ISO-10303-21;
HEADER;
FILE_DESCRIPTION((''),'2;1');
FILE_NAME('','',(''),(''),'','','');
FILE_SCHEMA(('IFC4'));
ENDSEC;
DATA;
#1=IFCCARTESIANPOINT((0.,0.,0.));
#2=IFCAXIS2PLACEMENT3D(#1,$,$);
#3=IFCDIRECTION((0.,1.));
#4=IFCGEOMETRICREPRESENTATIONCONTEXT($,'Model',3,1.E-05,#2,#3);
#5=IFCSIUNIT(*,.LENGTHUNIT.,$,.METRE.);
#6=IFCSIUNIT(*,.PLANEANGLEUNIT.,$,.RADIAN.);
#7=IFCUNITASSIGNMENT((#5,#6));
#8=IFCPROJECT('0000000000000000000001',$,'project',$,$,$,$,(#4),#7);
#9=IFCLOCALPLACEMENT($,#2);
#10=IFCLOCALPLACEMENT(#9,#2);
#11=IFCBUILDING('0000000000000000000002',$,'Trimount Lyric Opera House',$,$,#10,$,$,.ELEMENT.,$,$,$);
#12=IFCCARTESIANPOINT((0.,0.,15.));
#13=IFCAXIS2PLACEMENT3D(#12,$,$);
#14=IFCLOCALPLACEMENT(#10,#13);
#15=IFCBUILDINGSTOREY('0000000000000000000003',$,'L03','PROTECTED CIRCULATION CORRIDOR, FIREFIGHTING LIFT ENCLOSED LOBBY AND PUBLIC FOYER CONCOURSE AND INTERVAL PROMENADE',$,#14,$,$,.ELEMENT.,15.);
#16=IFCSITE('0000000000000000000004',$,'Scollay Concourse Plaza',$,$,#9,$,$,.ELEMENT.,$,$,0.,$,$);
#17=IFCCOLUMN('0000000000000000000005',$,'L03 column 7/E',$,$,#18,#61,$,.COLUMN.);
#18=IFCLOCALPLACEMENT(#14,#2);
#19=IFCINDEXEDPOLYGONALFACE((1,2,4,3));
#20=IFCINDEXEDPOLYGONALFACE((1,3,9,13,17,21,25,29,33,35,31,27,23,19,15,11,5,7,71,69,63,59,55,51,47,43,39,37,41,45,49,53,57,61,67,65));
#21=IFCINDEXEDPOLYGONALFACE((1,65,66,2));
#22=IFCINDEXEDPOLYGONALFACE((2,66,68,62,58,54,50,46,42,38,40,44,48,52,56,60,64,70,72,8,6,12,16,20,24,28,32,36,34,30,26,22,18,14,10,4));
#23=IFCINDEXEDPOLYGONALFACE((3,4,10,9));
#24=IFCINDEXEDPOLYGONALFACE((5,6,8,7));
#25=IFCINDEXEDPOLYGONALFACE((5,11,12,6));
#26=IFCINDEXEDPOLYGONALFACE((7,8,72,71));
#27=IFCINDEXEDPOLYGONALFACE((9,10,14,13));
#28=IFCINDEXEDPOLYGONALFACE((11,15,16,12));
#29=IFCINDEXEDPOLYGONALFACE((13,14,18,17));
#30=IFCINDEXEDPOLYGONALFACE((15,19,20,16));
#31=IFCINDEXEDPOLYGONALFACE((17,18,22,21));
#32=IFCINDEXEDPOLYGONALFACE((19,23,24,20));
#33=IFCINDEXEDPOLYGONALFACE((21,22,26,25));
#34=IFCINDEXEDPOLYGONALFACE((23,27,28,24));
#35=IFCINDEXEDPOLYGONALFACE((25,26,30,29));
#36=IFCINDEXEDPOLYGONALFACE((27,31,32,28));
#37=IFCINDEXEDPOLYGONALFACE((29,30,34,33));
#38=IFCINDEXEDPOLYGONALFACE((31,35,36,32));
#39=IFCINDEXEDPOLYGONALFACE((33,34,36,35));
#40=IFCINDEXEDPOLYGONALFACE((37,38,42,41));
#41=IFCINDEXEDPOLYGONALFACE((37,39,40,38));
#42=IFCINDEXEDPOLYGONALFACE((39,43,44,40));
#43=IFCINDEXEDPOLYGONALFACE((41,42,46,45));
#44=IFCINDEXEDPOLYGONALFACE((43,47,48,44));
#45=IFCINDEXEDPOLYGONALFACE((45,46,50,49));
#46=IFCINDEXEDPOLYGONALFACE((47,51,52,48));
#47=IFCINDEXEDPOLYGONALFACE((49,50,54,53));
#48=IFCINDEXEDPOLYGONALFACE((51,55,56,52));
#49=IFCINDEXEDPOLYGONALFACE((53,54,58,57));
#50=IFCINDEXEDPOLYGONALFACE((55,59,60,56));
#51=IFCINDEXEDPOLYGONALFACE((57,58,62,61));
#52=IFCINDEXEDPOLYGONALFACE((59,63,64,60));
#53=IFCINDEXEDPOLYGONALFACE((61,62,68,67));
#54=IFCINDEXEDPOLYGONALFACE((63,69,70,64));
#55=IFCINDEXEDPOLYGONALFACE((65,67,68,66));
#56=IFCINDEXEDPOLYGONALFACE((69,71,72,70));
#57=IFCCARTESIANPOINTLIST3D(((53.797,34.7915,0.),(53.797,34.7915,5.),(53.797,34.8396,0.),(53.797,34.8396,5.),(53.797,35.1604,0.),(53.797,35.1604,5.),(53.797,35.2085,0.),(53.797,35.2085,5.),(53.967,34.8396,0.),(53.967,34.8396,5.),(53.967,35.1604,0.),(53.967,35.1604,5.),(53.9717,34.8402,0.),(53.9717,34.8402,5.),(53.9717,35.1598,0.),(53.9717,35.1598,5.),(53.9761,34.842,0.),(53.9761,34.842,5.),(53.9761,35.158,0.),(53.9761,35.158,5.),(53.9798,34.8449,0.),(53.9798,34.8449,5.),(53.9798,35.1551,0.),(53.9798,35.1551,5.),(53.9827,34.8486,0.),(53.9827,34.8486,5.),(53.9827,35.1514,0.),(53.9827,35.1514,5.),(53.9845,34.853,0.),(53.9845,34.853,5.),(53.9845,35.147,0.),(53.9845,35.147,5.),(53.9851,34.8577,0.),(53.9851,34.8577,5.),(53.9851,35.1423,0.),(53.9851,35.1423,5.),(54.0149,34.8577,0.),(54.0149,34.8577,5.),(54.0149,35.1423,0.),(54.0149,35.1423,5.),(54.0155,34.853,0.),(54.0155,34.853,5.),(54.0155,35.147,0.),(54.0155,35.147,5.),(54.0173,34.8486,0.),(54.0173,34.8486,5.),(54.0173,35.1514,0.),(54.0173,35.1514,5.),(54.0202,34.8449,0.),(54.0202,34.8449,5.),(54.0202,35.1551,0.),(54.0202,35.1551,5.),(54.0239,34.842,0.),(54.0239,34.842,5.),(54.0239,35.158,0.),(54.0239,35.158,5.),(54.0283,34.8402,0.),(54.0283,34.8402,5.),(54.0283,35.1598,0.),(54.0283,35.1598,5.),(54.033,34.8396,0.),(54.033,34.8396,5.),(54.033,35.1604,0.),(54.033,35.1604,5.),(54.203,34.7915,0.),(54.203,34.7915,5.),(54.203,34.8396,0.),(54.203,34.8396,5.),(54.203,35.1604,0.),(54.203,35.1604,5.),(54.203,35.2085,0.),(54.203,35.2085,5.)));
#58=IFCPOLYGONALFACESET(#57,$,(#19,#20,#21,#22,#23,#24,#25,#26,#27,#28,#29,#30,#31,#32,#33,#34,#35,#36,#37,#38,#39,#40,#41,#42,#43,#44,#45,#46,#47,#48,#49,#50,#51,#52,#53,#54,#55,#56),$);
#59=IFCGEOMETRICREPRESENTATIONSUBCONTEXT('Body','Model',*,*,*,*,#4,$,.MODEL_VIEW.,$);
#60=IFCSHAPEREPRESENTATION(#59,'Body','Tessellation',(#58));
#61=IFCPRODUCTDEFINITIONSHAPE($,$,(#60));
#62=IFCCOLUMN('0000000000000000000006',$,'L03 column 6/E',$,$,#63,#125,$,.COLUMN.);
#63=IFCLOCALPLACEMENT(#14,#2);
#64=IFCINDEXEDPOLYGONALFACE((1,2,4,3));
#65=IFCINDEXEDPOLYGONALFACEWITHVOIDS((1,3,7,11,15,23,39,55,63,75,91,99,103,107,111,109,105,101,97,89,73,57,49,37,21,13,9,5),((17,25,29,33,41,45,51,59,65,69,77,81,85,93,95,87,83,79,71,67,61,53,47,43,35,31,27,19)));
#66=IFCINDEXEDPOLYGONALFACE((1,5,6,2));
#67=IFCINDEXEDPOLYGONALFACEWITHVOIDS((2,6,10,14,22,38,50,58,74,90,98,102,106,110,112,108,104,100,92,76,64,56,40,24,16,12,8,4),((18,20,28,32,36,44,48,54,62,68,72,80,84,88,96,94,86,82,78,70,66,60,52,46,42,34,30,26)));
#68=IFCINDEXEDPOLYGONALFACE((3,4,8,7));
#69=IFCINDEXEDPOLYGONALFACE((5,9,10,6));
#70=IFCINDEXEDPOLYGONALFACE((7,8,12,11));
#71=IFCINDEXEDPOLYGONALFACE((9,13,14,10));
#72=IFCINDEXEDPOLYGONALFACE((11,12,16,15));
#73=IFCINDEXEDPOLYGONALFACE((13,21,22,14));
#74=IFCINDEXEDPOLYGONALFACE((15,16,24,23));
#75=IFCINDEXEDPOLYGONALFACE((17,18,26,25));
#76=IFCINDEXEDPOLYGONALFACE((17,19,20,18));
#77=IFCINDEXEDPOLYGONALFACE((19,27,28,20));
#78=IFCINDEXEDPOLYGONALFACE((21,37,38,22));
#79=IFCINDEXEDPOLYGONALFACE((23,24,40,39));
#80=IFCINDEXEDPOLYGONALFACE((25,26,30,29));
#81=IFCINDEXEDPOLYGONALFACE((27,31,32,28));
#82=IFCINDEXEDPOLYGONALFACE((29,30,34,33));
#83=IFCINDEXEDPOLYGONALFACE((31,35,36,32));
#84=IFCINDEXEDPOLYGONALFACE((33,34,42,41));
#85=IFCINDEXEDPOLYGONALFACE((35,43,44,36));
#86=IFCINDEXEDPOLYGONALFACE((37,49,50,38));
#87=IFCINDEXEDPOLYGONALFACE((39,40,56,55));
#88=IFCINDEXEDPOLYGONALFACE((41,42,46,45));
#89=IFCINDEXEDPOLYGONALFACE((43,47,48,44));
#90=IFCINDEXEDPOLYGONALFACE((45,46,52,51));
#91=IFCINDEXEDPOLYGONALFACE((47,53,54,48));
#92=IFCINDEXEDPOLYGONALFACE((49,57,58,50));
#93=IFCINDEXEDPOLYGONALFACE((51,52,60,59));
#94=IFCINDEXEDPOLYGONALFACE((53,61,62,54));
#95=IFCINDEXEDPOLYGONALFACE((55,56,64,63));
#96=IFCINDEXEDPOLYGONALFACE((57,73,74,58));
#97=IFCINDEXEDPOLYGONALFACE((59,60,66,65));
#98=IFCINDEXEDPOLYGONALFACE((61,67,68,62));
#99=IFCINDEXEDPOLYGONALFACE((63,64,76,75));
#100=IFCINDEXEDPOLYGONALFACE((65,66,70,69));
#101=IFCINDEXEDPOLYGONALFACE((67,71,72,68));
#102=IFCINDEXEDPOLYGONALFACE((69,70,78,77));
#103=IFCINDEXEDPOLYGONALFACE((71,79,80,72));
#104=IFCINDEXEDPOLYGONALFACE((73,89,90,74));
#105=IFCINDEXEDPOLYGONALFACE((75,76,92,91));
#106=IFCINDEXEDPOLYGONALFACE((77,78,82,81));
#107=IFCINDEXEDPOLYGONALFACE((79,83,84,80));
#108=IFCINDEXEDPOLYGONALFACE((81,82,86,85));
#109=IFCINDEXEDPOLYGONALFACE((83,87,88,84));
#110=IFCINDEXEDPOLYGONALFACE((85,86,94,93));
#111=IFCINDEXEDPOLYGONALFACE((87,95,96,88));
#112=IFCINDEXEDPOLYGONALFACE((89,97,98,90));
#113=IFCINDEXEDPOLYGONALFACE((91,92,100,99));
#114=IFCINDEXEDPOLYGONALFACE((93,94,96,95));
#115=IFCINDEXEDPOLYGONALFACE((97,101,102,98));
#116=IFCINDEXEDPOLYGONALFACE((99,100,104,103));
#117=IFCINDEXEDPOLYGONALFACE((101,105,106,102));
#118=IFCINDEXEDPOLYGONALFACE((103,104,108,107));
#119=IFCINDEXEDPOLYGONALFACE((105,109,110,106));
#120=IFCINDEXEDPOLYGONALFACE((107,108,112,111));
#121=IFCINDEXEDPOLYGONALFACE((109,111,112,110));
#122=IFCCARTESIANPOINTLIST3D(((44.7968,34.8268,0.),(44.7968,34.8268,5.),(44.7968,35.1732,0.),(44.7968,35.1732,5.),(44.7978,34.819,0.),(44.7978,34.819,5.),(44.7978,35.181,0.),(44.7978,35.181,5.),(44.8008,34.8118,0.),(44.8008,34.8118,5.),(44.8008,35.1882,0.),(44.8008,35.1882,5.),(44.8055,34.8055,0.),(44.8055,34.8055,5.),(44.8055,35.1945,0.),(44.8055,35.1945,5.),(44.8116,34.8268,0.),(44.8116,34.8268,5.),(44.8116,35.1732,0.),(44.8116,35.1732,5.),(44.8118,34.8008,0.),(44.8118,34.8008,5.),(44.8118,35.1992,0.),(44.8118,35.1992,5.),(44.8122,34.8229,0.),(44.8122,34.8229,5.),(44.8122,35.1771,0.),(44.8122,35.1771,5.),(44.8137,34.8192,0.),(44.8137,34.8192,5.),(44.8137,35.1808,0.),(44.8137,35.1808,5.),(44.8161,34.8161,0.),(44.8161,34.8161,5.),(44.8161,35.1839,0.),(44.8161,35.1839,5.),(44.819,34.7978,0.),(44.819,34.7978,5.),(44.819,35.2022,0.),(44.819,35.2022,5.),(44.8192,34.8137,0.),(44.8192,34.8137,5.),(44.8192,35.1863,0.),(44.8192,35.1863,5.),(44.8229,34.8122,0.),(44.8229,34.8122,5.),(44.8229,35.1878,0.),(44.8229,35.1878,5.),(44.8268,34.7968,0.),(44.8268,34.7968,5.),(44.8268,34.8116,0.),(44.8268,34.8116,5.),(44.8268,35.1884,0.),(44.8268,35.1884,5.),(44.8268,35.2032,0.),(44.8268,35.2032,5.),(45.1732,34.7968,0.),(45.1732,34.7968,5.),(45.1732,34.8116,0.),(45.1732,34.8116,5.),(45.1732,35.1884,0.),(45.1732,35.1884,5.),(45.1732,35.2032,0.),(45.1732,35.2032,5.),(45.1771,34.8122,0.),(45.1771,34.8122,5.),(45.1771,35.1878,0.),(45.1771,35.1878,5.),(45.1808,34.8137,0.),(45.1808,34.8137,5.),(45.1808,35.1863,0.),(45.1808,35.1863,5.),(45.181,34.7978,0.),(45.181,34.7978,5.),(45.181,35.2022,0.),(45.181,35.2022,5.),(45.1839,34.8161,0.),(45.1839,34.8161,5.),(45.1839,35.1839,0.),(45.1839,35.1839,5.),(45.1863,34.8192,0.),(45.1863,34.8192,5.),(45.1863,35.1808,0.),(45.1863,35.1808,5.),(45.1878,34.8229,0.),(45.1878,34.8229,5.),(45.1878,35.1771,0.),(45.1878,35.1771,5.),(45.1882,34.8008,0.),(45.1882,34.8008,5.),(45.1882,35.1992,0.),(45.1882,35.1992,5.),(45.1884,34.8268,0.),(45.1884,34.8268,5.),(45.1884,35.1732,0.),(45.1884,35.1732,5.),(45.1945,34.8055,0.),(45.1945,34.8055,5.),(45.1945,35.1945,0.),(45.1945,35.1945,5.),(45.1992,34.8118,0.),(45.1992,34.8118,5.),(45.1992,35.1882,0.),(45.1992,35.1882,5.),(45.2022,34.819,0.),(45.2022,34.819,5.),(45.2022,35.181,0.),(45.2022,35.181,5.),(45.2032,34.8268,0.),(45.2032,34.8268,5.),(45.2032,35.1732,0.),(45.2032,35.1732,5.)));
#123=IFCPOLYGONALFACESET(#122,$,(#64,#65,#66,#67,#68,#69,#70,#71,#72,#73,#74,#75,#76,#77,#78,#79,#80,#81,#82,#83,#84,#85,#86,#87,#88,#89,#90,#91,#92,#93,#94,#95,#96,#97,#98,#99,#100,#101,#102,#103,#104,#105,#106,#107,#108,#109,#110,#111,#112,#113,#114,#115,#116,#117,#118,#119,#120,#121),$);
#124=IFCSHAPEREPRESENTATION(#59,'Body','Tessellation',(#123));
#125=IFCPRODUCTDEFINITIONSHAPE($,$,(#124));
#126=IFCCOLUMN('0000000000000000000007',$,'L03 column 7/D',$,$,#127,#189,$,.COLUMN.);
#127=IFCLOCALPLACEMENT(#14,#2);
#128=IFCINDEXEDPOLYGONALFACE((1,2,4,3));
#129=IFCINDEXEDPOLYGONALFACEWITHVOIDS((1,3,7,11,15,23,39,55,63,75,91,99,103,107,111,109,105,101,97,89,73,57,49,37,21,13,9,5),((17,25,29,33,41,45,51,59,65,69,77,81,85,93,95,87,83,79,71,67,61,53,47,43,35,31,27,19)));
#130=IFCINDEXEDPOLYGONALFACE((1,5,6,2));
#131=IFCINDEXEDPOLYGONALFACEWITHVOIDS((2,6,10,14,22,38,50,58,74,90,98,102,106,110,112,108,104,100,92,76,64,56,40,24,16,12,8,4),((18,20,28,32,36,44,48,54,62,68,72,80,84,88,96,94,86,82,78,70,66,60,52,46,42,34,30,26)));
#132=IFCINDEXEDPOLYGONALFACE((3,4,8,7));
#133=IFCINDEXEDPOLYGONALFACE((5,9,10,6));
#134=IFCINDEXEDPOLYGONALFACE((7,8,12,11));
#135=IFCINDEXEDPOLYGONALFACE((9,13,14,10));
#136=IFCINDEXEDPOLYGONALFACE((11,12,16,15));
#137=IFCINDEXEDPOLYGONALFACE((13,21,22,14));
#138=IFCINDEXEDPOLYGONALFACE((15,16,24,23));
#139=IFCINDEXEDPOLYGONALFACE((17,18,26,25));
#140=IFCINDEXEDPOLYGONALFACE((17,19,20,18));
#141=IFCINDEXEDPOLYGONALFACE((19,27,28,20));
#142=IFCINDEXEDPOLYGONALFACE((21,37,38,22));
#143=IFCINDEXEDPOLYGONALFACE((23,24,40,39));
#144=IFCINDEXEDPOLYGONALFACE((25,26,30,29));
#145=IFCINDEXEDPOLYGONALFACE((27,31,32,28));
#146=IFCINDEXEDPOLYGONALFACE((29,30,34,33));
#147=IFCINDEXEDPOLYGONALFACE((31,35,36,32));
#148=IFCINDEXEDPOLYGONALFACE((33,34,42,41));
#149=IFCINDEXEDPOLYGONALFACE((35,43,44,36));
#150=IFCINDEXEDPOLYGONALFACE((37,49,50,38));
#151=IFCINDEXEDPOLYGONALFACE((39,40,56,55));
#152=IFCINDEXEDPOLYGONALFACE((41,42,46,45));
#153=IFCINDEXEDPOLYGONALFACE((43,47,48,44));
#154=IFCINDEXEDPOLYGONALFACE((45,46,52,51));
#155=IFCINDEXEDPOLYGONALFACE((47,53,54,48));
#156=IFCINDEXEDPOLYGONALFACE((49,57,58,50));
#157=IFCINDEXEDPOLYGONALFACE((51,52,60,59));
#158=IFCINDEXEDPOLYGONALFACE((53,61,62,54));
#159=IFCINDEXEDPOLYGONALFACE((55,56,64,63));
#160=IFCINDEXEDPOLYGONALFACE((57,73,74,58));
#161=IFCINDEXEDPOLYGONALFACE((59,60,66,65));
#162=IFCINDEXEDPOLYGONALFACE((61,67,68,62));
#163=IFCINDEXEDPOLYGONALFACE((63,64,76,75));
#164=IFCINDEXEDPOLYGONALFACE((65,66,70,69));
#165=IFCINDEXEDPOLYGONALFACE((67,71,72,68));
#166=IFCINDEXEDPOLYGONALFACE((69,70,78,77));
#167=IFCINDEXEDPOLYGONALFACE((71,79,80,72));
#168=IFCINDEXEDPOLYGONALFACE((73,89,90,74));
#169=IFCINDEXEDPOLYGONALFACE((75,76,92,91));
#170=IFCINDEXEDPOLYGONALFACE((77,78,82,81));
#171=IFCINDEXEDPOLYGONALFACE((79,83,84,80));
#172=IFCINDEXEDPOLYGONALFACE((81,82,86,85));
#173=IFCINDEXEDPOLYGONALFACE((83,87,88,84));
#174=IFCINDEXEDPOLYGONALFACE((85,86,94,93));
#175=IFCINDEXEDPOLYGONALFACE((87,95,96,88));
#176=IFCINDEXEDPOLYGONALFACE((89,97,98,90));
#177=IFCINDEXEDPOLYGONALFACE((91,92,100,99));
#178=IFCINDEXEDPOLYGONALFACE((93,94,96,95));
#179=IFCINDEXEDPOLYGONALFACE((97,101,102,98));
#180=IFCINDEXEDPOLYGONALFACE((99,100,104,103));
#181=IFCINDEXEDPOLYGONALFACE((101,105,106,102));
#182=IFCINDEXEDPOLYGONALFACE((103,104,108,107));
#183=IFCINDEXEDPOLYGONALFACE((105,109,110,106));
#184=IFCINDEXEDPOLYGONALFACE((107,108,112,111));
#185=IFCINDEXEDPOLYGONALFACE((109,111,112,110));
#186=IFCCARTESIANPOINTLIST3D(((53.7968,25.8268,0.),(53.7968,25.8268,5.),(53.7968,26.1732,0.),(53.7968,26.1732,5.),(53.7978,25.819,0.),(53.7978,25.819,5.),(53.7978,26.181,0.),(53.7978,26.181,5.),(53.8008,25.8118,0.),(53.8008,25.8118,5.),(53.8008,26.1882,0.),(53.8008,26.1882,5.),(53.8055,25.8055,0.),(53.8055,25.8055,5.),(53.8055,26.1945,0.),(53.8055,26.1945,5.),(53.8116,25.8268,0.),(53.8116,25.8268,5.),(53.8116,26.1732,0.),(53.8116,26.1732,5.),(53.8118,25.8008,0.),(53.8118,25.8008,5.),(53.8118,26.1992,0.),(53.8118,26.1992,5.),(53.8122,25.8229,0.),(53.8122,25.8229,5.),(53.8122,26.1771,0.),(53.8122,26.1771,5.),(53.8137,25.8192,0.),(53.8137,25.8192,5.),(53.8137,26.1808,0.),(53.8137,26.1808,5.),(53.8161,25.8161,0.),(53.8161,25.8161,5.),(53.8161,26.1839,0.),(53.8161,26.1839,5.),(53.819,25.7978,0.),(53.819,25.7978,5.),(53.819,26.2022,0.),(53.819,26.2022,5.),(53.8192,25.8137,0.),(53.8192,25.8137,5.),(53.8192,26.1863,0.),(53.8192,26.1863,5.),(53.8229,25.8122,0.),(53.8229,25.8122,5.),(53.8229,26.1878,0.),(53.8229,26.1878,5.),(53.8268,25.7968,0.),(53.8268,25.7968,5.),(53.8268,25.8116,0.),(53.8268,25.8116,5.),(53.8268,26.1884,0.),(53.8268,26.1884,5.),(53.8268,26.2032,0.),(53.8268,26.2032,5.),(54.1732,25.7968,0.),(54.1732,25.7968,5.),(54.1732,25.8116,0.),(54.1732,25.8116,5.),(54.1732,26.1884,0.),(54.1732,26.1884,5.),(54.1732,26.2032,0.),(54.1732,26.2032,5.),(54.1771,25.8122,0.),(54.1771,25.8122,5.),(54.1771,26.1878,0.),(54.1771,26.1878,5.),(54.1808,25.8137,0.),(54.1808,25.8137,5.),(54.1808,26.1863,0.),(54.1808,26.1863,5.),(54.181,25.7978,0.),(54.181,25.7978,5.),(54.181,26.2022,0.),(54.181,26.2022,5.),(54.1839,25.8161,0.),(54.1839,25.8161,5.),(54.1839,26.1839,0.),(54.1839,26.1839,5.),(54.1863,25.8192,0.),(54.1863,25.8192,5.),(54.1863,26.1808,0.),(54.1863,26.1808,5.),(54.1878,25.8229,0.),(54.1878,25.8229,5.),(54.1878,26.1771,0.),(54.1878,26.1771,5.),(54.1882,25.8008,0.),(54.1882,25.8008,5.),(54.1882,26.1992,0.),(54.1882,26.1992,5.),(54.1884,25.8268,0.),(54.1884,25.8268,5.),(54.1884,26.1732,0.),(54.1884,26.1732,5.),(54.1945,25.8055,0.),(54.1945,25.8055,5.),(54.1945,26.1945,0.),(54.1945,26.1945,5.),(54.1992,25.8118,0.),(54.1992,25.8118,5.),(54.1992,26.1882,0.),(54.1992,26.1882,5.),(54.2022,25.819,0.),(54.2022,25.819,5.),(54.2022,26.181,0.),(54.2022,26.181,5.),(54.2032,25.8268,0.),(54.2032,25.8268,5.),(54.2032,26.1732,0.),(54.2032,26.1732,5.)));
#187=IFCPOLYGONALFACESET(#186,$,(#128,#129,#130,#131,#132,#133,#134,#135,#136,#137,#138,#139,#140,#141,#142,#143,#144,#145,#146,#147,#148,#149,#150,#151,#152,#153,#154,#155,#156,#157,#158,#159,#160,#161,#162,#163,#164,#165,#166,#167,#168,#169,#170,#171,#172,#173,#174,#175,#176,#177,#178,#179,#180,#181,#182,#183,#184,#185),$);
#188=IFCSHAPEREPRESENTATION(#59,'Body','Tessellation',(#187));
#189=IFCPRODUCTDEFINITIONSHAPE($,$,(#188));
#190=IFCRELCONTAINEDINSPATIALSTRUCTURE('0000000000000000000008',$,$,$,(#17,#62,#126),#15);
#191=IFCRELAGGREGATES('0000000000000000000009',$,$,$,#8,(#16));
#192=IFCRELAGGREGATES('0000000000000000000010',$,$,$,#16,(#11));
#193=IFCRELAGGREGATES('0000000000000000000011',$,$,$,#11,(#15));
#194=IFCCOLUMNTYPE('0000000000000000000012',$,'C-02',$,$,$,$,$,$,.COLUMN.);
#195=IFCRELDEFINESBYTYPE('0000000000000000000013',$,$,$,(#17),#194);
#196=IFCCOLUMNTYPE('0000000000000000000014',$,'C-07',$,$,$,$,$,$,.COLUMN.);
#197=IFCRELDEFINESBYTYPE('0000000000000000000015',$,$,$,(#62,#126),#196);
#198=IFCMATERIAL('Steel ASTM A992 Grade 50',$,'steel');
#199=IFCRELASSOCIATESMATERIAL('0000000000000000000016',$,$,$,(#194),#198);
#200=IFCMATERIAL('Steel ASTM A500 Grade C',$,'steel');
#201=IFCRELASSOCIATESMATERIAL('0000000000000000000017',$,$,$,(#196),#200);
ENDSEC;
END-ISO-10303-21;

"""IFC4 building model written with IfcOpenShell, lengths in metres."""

from ifc_helpers import new_model, si_unit, direction, frame, origin, origin_2d, place, context, subcontext, project, spatial, hollow_rectangle, i_section, extrude, material, material_profile, profile_set, type_object, element, save


model = new_model("IFC4")

# Units and contexts
model_context = context("Model", 3, precision=1e-05, world=origin(), true_north=direction((0.0, 1.0)))
body_context = subcontext(model_context, "Body", "Model", "MODEL_VIEW")
ifc_project = project(units=[si_unit("LENGTHUNIT", "METRE"), si_unit("PLANEANGLEUNIT", "RADIAN")], contexts=[model_context])

# Site, building, storey
site_placement = place(None, origin())
site = spatial("IfcSite", under=ifc_project, at=site_placement, Name="Scollay Concourse Plaza", CompositionType="ELEMENT", RefElevation=0.0)
building_placement = place(site_placement, origin())
building = spatial("IfcBuilding", under=site, at=building_placement, Name="Trimount Lyric Opera House", CompositionType="ELEMENT")
storey_placement = place(building_placement, frame((0.0, 0.0, 15.0)))
storey = spatial("IfcBuildingStorey", under=building, at=storey_placement, Name="L03", Description="PROTECTED CIRCULATION CORRIDOR, FIREFIGHTING LIFT ENCLOSED LOBBY AND PUBLIC FOYER CONCOURSE AND INTERVAL PROMENADE", CompositionType="ELEMENT", Elevation=15.0)

# Columns
ifc_material_1 = material(Name="Steel ASTM A992 Grade 50", Category="steel")
ifc_material_profile_1 = material_profile(ifc_material_1, i_section(OverallWidth=0.406, OverallDepth=0.417, WebThickness=0.0298, FlangeThickness=0.0481, FilletRadius=0.0181, at=origin_2d()), Name="W14X257")
ifc_profile_set_1 = profile_set([ifc_material_profile_1], Name="Steel ASTM A992 Grade 50")
column_type_1 = type_object("IfcColumnType", Name="C-02", PredefinedType="COLUMN", material=ifc_profile_set_1)
column_placement = place(storey_placement, frame((54.0, 35.0, 0.0), z_axis=(0.0, 0.0, 1.0), x_axis=(1.0, 0.0, 0.0)))
element("IfcColumn", 1, at=column_placement, inside=storey, type_object=column_type_1, Name="L03 column 7/E", PredefinedType="COLUMN", context=body_context, shape_type="SweptSolid", body=[
    extrude(i_section(OverallWidth=0.406, OverallDepth=0.417, WebThickness=0.0298, FlangeThickness=0.0481, FilletRadius=0.0181, at=origin_2d()), origin(), (0.0, 0.0, 1.0), 5.0),
])
ifc_material_2 = material(Name="Steel ASTM A500 Grade C", Category="steel")
ifc_material_profile_2 = material_profile(ifc_material_2, hollow_rectangle(XDim=0.4065, YDim=0.4065, WallThickness=0.0149, InnerFilletRadius=0.0151, OuterFilletRadius=0.03, at=origin_2d()), Name="HSS406.4X406.4X15.9")
ifc_profile_set_2 = profile_set([ifc_material_profile_2], Name="Steel ASTM A500 Grade C")
column_type_2 = type_object("IfcColumnType", Name="C-07", PredefinedType="COLUMN", material=ifc_profile_set_2)
for number, where, z_axis, x_axis, name in (
    (2, (45.0, 35.0, 0.0), (0.0, 0.0, 1.0), (1.0, 0.0, 0.0), "L03 column 6/E"),
    (3, (54.0, 26.0, 0.0), (0.0, 0.0, 1.0), (1.0, 0.0, 0.0), "L03 column 7/D"),
):
    element("IfcColumn", number, at=place(storey_placement, frame(where, z_axis=z_axis, x_axis=x_axis)), inside=storey, type_object=column_type_2, Name=name, PredefinedType="COLUMN", context=body_context, shape_type="SweptSolid", body=[
        extrude(hollow_rectangle(XDim=0.4065, YDim=0.4065, WallThickness=0.0149, InnerFilletRadius=0.0151, OuterFilletRadius=0.03, at=origin_2d()), origin(), (0.0, 0.0, 1.0), 5.0),
    ])

save(model, "model.ifc")
